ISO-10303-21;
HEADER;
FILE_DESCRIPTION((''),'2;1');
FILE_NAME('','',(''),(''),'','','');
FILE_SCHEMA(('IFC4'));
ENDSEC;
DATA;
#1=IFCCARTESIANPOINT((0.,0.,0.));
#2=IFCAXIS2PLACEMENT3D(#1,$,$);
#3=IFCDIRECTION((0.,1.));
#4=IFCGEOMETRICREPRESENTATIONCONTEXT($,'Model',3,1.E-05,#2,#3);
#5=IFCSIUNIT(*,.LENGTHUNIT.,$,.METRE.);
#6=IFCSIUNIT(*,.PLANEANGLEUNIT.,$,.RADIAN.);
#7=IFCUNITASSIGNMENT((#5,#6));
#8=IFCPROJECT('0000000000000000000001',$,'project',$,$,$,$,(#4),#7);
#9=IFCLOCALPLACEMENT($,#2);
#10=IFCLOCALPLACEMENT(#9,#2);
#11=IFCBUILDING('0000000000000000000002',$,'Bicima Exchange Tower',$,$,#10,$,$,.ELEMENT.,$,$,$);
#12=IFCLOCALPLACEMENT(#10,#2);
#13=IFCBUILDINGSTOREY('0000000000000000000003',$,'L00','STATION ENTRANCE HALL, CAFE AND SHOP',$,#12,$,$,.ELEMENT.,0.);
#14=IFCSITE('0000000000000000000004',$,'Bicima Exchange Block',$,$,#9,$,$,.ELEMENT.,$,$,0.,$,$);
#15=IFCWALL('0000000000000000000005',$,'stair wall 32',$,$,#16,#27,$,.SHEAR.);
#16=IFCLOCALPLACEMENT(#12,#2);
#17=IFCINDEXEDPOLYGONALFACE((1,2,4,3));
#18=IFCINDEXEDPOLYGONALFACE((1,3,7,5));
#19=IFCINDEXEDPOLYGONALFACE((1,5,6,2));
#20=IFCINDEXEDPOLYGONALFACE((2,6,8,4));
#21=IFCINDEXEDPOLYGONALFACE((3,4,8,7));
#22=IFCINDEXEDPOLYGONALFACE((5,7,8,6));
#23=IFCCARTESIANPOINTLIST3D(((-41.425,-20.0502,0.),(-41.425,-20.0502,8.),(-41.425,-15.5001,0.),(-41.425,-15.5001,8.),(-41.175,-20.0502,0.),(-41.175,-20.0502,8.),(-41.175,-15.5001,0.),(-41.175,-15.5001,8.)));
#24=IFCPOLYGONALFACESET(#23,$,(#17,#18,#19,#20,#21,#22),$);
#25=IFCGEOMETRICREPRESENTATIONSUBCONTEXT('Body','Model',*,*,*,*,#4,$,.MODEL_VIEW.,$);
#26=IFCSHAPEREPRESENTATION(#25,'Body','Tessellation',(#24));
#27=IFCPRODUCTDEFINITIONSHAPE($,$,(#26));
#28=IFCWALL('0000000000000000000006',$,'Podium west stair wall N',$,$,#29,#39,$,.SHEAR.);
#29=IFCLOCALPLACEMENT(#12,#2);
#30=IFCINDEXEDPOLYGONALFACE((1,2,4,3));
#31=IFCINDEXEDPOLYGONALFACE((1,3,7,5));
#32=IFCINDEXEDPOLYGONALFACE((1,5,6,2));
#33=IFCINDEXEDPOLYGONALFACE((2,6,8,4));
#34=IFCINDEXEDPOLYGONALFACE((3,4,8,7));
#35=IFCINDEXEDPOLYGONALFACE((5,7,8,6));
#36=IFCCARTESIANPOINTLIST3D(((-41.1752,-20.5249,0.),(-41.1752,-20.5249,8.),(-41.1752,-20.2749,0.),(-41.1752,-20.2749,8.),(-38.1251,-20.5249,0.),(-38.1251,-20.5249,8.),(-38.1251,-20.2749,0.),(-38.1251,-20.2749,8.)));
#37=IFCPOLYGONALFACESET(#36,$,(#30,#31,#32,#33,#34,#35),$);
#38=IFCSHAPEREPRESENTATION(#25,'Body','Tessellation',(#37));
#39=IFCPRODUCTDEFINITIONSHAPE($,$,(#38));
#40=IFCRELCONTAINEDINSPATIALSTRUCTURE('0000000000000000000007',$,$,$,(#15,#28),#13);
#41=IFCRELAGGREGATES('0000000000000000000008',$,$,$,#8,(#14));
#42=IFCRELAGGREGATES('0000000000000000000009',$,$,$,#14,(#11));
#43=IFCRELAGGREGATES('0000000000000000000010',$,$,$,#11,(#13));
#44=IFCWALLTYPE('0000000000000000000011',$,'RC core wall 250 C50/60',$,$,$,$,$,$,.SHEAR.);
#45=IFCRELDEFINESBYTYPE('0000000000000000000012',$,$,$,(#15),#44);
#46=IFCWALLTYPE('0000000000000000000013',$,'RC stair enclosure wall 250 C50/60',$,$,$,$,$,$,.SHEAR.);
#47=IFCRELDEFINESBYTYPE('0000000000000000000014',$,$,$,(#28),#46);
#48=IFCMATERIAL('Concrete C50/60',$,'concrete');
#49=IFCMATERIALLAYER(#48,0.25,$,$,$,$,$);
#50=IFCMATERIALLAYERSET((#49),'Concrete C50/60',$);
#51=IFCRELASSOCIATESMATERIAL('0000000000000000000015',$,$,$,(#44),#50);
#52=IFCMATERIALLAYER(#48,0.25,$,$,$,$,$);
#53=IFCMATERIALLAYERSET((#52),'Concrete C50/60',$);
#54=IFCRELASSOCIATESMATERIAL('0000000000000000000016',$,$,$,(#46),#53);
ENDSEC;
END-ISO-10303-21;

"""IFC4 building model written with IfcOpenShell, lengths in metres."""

from ifc_helpers import new_model, si_unit, direction, frame, frame_2d, origin, place, context, subcontext, project, spatial, rectangle, extrude, material, layer, layer_set, type_object, element, save


model = new_model("IFC4")

# Units and contexts
model_context = context("Model", 3, precision=1e-05, world=origin(), true_north=direction((0.0, 1.0)))
body_context = subcontext(model_context, "Body", "Model", "MODEL_VIEW")
ifc_project = project(units=[si_unit("LENGTHUNIT", "METRE"), si_unit("PLANEANGLEUNIT", "RADIAN")], contexts=[model_context])

# Site, building, storey
site_placement = place(None, origin())
site = spatial("IfcSite", under=ifc_project, at=site_placement, Name="Bicima Exchange Block", CompositionType="ELEMENT", RefElevation=0.0)
building_placement = place(site_placement, origin())
building = spatial("IfcBuilding", under=site, at=building_placement, Name="Bicima Exchange Tower", CompositionType="ELEMENT")
storey_placement = place(building_placement, origin())
storey = spatial("IfcBuildingStorey", under=building, at=storey_placement, Name="L00", Description="STATION ENTRANCE HALL, CAFE AND SHOP", CompositionType="ELEMENT", Elevation=0.0)

# Walls
ifc_material_1 = material(Name="Concrete C50/60", Category="concrete")
ifc_layer_1 = layer(ifc_material_1, 0.25)
ifc_layer_set_1 = layer_set([ifc_layer_1], Name="Concrete C50/60")
wall_type_1 = type_object("IfcWallType", Name="RC core wall 250 C50/60", PredefinedType="SHEAR", material=ifc_layer_set_1)
wall_1_placement = place(storey_placement, frame((-41.3, -20.05, 0.0), z_axis=(0.0, 0.0, 1.0), x_axis=(0.0, 1.0, 0.0)))
element("IfcWall", 1, at=wall_1_placement, inside=storey, type_object=wall_type_1, Name="stair wall 32", PredefinedType="SHEAR", context=body_context, shape_type="SweptSolid", body=[
    extrude(rectangle(XDim=4.55, YDim=0.25, at=frame_2d((2.2749, 0.0))), origin(), (0.0, 0.0, 1.0), 8.0),
])
ifc_layer_2 = layer(ifc_material_1, 0.25)
ifc_layer_set_2 = layer_set([ifc_layer_2], Name="Concrete C50/60")
wall_type_2 = type_object("IfcWallType", Name="RC stair enclosure wall 250 C50/60", PredefinedType="SHEAR", material=ifc_layer_set_2)
wall_2_placement = place(storey_placement, frame((-41.175, -20.3999, 0.0), z_axis=(0.0, 0.0, 1.0), x_axis=(1.0, 0.0, 0.0)))
element("IfcWall", 2, at=wall_2_placement, inside=storey, type_object=wall_type_2, Name="Podium west stair wall N", PredefinedType="SHEAR", context=body_context, shape_type="SweptSolid", body=[
    extrude(rectangle(XDim=3.05, YDim=0.25, at=frame_2d((1.5249, 0.0))), origin(), (0.0, 0.0, 1.0), 8.0),
])

save(model, "model.ifc")
